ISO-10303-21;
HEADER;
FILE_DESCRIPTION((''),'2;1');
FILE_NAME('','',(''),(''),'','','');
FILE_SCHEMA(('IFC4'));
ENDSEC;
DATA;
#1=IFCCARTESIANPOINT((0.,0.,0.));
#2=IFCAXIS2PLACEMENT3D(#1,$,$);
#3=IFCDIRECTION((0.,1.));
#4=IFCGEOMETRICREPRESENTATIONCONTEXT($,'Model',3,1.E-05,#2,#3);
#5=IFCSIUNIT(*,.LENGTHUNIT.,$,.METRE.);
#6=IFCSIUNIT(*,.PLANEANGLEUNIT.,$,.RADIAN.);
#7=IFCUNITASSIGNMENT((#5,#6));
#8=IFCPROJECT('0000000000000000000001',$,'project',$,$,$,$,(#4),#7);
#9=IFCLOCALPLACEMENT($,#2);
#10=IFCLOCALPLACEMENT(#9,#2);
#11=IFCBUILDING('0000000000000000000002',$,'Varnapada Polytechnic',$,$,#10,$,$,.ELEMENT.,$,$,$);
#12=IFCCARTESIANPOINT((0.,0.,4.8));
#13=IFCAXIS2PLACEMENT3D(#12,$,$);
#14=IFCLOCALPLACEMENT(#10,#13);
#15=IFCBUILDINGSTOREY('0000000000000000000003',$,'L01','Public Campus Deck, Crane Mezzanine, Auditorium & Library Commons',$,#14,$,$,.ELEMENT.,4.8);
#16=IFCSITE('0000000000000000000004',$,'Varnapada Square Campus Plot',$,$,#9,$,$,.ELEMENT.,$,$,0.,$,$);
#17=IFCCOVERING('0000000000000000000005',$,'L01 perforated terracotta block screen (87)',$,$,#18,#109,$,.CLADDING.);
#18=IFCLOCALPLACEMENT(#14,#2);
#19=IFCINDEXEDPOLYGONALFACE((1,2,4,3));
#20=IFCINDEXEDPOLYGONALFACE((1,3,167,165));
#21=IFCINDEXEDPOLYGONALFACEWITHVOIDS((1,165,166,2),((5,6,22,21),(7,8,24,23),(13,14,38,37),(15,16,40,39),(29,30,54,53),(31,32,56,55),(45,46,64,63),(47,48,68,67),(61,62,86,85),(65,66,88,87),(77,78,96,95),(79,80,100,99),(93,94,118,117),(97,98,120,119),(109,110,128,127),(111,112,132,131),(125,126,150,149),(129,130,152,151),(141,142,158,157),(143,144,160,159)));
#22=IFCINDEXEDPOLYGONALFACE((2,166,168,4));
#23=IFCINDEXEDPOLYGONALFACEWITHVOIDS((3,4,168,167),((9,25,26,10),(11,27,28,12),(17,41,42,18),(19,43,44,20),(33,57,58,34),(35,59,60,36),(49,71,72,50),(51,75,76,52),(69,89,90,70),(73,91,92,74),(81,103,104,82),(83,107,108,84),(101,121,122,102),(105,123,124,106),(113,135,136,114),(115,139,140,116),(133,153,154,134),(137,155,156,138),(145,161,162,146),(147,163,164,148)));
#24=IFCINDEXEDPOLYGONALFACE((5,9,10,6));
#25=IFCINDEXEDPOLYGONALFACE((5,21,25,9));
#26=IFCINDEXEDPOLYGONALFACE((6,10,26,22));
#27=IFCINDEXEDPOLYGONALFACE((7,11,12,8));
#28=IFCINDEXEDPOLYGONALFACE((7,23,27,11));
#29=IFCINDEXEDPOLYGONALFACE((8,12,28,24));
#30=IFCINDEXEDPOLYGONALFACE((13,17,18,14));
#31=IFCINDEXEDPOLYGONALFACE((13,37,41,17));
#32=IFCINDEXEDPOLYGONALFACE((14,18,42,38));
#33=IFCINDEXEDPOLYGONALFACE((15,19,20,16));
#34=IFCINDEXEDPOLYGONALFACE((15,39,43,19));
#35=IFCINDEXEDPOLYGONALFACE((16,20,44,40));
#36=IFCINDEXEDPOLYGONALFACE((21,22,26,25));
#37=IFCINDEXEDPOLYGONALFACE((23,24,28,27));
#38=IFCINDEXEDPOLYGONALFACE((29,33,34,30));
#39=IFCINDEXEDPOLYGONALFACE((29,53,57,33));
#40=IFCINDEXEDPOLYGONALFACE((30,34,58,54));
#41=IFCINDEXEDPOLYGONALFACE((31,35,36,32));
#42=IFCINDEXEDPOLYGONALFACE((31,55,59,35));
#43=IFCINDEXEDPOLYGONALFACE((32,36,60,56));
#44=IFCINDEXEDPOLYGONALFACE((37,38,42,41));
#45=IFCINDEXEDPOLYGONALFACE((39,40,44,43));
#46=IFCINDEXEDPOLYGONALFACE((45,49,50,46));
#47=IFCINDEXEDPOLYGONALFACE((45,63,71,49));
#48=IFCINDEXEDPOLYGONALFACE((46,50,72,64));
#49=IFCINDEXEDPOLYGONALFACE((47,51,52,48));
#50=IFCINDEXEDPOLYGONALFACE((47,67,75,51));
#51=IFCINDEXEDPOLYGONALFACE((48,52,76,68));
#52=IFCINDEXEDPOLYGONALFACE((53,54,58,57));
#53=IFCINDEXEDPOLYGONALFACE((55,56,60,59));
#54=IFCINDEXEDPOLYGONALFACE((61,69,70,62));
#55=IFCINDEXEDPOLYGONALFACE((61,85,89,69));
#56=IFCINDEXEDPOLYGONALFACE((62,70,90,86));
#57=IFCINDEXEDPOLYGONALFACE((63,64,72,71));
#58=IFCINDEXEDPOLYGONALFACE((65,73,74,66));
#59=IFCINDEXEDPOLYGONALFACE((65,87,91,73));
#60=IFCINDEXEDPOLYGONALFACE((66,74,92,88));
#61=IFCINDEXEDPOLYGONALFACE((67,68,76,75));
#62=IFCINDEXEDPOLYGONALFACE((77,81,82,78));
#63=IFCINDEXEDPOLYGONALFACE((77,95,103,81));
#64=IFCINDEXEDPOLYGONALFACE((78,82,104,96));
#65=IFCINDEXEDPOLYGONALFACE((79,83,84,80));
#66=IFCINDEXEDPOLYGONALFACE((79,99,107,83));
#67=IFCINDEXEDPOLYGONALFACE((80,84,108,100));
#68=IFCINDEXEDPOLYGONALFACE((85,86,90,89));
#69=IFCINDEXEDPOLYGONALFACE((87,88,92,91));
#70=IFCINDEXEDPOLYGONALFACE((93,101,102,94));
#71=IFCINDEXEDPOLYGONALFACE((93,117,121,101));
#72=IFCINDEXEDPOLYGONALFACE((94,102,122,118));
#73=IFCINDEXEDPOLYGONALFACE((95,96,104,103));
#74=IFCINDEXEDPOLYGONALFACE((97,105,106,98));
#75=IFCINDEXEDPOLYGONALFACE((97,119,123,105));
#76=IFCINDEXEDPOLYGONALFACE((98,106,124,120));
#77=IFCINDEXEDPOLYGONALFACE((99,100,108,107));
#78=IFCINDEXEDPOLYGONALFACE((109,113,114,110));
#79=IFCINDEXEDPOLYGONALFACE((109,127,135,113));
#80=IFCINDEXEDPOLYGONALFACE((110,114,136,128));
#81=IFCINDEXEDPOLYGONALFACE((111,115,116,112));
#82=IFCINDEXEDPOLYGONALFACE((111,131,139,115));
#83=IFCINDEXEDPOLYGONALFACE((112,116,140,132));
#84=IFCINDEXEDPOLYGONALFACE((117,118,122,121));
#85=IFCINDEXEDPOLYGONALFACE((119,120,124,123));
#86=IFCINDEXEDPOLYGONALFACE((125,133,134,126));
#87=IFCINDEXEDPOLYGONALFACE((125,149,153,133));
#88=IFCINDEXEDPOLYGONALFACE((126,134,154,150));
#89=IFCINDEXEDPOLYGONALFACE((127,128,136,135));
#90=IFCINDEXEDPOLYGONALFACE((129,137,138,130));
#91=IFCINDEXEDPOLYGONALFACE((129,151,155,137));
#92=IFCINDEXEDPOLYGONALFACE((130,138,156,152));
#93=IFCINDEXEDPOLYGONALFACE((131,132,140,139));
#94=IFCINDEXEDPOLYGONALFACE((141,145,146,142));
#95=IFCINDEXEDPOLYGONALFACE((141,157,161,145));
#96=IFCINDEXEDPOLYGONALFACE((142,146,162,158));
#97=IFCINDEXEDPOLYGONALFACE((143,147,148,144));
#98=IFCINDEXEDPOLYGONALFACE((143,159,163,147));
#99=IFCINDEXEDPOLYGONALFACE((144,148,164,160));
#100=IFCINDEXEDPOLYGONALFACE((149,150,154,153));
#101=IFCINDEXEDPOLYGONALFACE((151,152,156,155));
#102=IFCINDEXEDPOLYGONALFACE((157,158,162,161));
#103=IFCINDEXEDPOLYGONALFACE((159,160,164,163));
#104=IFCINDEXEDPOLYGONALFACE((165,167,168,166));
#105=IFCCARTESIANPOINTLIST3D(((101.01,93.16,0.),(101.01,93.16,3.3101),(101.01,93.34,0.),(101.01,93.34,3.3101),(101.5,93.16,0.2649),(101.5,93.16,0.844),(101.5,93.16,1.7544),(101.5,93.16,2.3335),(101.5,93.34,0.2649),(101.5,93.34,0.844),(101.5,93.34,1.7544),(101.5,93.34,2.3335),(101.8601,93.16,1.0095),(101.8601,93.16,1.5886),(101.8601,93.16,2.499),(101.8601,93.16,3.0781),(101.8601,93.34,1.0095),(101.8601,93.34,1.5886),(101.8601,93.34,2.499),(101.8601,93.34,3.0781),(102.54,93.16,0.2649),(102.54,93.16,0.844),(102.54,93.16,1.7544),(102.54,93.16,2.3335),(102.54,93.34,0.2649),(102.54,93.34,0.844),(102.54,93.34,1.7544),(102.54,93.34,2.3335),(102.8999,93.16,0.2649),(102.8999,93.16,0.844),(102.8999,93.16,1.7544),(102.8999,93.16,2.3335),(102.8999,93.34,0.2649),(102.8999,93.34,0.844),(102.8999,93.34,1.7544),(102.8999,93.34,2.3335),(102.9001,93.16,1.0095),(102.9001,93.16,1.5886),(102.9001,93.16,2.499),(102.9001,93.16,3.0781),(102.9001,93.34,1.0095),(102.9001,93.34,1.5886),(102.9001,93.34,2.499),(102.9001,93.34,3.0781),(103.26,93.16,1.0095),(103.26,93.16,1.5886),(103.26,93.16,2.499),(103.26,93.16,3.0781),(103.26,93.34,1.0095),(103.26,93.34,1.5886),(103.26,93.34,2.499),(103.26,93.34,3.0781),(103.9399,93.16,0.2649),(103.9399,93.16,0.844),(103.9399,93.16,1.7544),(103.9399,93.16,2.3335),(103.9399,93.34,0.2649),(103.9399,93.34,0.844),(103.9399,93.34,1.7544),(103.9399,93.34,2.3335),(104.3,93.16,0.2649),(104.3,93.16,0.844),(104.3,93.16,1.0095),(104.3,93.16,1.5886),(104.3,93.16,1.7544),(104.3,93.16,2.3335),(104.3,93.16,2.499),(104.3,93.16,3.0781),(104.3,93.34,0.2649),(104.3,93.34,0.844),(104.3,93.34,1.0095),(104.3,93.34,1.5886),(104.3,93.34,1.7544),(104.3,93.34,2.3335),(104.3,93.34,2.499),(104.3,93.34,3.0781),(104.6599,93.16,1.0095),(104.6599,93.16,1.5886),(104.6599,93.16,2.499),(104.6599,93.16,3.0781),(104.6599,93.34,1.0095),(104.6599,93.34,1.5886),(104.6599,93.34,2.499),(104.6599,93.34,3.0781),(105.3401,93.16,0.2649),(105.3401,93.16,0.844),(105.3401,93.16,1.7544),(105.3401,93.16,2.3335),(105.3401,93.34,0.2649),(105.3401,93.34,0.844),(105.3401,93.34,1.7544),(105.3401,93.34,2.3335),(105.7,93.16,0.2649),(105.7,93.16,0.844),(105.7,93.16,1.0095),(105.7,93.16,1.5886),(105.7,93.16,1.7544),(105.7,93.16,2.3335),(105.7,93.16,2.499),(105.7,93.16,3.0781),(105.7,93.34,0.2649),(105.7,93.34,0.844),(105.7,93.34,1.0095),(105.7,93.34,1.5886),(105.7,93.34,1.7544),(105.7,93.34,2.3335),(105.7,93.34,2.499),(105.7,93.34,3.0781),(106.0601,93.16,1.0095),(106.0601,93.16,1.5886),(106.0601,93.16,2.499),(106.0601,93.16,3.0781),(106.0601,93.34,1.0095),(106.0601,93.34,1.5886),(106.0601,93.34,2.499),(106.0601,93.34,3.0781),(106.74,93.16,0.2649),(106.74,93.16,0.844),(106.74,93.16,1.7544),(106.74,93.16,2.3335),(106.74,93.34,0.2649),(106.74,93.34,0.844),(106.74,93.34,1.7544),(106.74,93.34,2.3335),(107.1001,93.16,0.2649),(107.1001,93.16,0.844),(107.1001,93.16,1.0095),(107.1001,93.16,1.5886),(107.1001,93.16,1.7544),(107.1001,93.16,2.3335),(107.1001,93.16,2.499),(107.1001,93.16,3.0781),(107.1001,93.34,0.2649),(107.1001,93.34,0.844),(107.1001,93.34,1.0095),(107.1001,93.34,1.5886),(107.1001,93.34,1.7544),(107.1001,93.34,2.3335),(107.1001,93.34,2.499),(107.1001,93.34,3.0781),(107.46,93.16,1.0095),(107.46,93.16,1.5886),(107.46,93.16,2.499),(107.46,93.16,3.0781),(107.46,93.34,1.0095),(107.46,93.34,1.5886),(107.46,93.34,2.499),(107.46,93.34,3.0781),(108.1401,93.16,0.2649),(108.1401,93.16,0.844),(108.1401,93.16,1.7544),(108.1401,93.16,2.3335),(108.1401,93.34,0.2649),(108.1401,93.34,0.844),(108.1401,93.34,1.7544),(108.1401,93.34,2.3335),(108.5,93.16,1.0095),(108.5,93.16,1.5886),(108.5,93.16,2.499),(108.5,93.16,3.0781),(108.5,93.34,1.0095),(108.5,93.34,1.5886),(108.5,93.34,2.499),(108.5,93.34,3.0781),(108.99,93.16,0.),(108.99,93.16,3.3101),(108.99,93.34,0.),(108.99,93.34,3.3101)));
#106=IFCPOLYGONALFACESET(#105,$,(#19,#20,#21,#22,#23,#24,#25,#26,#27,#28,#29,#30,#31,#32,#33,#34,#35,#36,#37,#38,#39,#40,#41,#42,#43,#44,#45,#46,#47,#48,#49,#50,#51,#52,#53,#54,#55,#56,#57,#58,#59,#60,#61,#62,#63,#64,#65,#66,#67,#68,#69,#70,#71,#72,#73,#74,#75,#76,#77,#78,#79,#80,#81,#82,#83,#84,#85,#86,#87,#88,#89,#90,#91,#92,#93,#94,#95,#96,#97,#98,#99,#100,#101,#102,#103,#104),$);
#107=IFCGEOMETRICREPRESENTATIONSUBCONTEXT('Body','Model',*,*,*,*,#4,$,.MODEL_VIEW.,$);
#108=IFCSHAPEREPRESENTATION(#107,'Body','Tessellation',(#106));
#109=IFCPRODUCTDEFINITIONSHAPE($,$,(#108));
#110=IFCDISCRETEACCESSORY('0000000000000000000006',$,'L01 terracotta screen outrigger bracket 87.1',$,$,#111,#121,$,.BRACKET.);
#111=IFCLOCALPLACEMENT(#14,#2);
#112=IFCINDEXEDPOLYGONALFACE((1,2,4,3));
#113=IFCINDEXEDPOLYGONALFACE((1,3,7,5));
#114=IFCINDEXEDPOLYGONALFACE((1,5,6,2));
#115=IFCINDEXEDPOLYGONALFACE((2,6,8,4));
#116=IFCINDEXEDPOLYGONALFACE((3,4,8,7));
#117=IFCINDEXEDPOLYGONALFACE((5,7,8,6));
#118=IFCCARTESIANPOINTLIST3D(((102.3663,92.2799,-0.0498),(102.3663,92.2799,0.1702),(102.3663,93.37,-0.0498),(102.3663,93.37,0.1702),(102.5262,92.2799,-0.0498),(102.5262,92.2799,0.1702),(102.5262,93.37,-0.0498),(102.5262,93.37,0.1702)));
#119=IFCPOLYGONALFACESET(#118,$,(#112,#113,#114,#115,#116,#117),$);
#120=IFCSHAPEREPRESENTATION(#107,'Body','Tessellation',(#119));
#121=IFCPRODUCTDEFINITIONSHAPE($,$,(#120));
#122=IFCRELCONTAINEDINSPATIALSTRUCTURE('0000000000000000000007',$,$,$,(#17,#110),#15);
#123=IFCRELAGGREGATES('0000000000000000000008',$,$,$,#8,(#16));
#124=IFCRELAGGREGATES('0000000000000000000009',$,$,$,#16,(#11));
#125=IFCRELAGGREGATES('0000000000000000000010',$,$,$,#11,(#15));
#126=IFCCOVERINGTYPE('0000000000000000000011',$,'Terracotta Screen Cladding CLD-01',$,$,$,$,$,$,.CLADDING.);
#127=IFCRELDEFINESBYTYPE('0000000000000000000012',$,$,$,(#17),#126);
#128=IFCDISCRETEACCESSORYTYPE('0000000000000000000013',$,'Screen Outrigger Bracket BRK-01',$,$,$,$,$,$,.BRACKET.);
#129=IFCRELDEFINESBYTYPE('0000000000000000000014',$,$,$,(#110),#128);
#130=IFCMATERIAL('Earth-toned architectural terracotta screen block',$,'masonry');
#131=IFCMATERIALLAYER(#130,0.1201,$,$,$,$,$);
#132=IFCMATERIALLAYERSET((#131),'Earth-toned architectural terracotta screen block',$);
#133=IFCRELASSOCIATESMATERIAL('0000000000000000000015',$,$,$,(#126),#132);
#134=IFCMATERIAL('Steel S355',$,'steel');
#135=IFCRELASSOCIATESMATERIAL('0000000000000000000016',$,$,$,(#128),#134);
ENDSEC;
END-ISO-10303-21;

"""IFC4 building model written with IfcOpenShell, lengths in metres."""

from ifc_helpers import new_model, si_unit, direction, frame, frame_2d, origin, origin_2d, place, context, subcontext, project, spatial, rectangle, extrude, material, layer, layer_set, type_object, element, save


model = new_model("IFC4")

# Units and contexts
model_context = context("Model", 3, precision=1e-05, world=origin(), true_north=direction((0.0, 1.0)))
body_context = subcontext(model_context, "Body", "Model", "MODEL_VIEW")
ifc_project = project(units=[si_unit("LENGTHUNIT", "METRE"), si_unit("PLANEANGLEUNIT", "RADIAN")], contexts=[model_context])

# Site, building, storey
site_placement = place(None, origin())
site = spatial("IfcSite", under=ifc_project, at=site_placement, Name="Varnapada Square Campus Plot", CompositionType="ELEMENT", RefElevation=0.0)
building_placement = place(site_placement, origin())
building = spatial("IfcBuilding", under=site, at=building_placement, Name="Varnapada Polytechnic", CompositionType="ELEMENT")
storey_placement = place(building_placement, frame((0.0, 0.0, 4.8)))
storey = spatial("IfcBuildingStorey", under=building, at=storey_placement, Name="L01", Description="Public Campus Deck, Crane Mezzanine, Auditorium & Library Commons", CompositionType="ELEMENT", Elevation=4.8)

# Covering, openings
ifc_material_1 = material(Name="Earth-toned architectural terracotta screen block", Category="masonry")
ifc_layer = layer(ifc_material_1, 0.1201)
ifc_layer_set = layer_set([ifc_layer], Name="Earth-toned architectural terracotta screen block")
covering_type = type_object("IfcCoveringType", Name="Terracotta Screen Cladding CLD-01", PredefinedType="CLADDING", material=ifc_layer_set)
covering_placement = place(storey_placement, frame((101.01, 93.25, 0.0), z_axis=(0.0, 0.0, 1.0), x_axis=(1.0, 0.0, 0.0)))
covering = element("IfcCovering", 1, at=covering_placement, inside=storey, type_object=covering_type, Name="L01 perforated terracotta block screen (87)", PredefinedType="CLADDING", context=body_context, shape_type="SweptSolid", body=[
    extrude(rectangle(XDim=7.98, YDim=0.1799, at=frame_2d((3.99, 0.0))), origin(), (0.0, 0.0, 1.0), 3.3101),
])
opening_1_placement = place(covering_placement, frame((0.49, 0.0, 0.2649)))
element("IfcOpeningElement", 2, at=opening_1_placement, cuts=covering, PredefinedType="OPENING", context=body_context, shape_type="SweptSolid", body=[
    extrude(rectangle(XDim=1.04, YDim=0.5791, at=frame_2d((0.52, 0.2896))), frame((0.0, 0.0999, 0.0), z_axis=(0.0, -1.0, 0.0), x_axis=(1.0, 0.0, 0.0)), (0.0, 0.0, 1.0), 0.2),
])
opening_2_placement = place(covering_placement, frame((1.8899, 0.0, 0.2649)))
element("IfcOpeningElement", 3, at=opening_2_placement, cuts=covering, PredefinedType="OPENING", context=body_context, shape_type="SweptSolid", body=[
    extrude(rectangle(XDim=1.04, YDim=0.5791, at=frame_2d((0.52, 0.2896))), frame((0.0, 0.0999, 0.0), z_axis=(0.0, -1.0, 0.0), x_axis=(1.0, 0.0, 0.0)), (0.0, 0.0, 1.0), 0.2),
])
opening_3_placement = place(covering_placement, frame((3.29, 0.0, 0.2649)))
element("IfcOpeningElement", 4, at=opening_3_placement, cuts=covering, PredefinedType="OPENING", context=body_context, shape_type="SweptSolid", body=[
    extrude(rectangle(XDim=1.04, YDim=0.5791, at=frame_2d((0.52, 0.2896))), frame((0.0, 0.0999, 0.0), z_axis=(0.0, -1.0, 0.0), x_axis=(1.0, 0.0, 0.0)), (0.0, 0.0, 1.0), 0.2),
])
opening_4_placement = place(covering_placement, frame((4.6899, 0.0, 0.2649)))
element("IfcOpeningElement", 5, at=opening_4_placement, cuts=covering, PredefinedType="OPENING", context=body_context, shape_type="SweptSolid", body=[
    extrude(rectangle(XDim=1.04, YDim=0.5791, at=frame_2d((0.52, 0.2896))), frame((0.0, 0.0999, 0.0), z_axis=(0.0, -1.0, 0.0), x_axis=(1.0, 0.0, 0.0)), (0.0, 0.0, 1.0), 0.2),
])
opening_5_placement = place(covering_placement, frame((6.0901, 0.0, 0.2649)))
element("IfcOpeningElement", 6, at=opening_5_placement, cuts=covering, PredefinedType="OPENING", context=body_context, shape_type="SweptSolid", body=[
    extrude(rectangle(XDim=1.04, YDim=0.5791, at=frame_2d((0.52, 0.2896))), frame((0.0, 0.0999, 0.0), z_axis=(0.0, -1.0, 0.0), x_axis=(1.0, 0.0, 0.0)), (0.0, 0.0, 1.0), 0.2),
])
opening_6_placement = place(covering_placement, frame((0.8501, 0.0, 1.0095)))
element("IfcOpeningElement", 7, at=opening_6_placement, cuts=covering, PredefinedType="OPENING", context=body_context, shape_type="SweptSolid", body=[
    extrude(rectangle(XDim=1.04, YDim=0.5791, at=frame_2d((0.52, 0.2896))), frame((0.0, 0.0999, 0.0), z_axis=(0.0, -1.0, 0.0), x_axis=(1.0, 0.0, 0.0)), (0.0, 0.0, 1.0), 0.2),
])
opening_7_placement = place(covering_placement, frame((2.25, 0.0, 1.0095)))
element("IfcOpeningElement", 8, at=opening_7_placement, cuts=covering, PredefinedType="OPENING", context=body_context, shape_type="SweptSolid", body=[
    extrude(rectangle(XDim=1.04, YDim=0.5791, at=frame_2d((0.52, 0.2896))), frame((0.0, 0.0999, 0.0), z_axis=(0.0, -1.0, 0.0), x_axis=(1.0, 0.0, 0.0)), (0.0, 0.0, 1.0), 0.2),
])
opening_8_placement = place(covering_placement, frame((3.6499, 0.0, 1.0095)))
element("IfcOpeningElement", 9, at=opening_8_placement, cuts=covering, PredefinedType="OPENING", context=body_context, shape_type="SweptSolid", body=[
    extrude(rectangle(XDim=1.04, YDim=0.5791, at=frame_2d((0.52, 0.2896))), frame((0.0, 0.0999, 0.0), z_axis=(0.0, -1.0, 0.0), x_axis=(1.0, 0.0, 0.0)), (0.0, 0.0, 1.0), 0.2),
])
opening_9_placement = place(covering_placement, frame((5.05, 0.0, 1.0095)))
element("IfcOpeningElement", 10, at=opening_9_placement, cuts=covering, PredefinedType="OPENING", context=body_context, shape_type="SweptSolid", body=[
    extrude(rectangle(XDim=1.04, YDim=0.5791, at=frame_2d((0.52, 0.2896))), frame((0.0, 0.0999, 0.0), z_axis=(0.0, -1.0, 0.0), x_axis=(1.0, 0.0, 0.0)), (0.0, 0.0, 1.0), 0.2),
])
opening_10_placement = place(covering_placement, frame((6.45, 0.0, 1.0095)))
element("IfcOpeningElement", 11, at=opening_10_placement, cuts=covering, PredefinedType="OPENING", context=body_context, shape_type="SweptSolid", body=[
    extrude(rectangle(XDim=1.04, YDim=0.5791, at=frame_2d((0.52, 0.2896))), frame((0.0, 0.0999, 0.0), z_axis=(0.0, -1.0, 0.0), x_axis=(1.0, 0.0, 0.0)), (0.0, 0.0, 1.0), 0.2),
])
opening_11_placement = place(covering_placement, frame((0.49, 0.0, 1.7544)))
element("IfcOpeningElement", 12, at=opening_11_placement, cuts=covering, PredefinedType="OPENING", context=body_context, shape_type="SweptSolid", body=[
    extrude(rectangle(XDim=1.04, YDim=0.5791, at=frame_2d((0.52, 0.2896))), frame((0.0, 0.0999, 0.0), z_axis=(0.0, -1.0, 0.0), x_axis=(1.0, 0.0, 0.0)), (0.0, 0.0, 1.0), 0.2),
])
opening_12_placement = place(covering_placement, frame((1.8899, 0.0, 1.7544)))
element("IfcOpeningElement", 13, at=opening_12_placement, cuts=covering, PredefinedType="OPENING", context=body_context, shape_type="SweptSolid", body=[
    extrude(rectangle(XDim=1.04, YDim=0.5791, at=frame_2d((0.52, 0.2896))), frame((0.0, 0.0999, 0.0), z_axis=(0.0, -1.0, 0.0), x_axis=(1.0, 0.0, 0.0)), (0.0, 0.0, 1.0), 0.2),
])
opening_13_placement = place(covering_placement, frame((3.29, 0.0, 1.7544)))
element("IfcOpeningElement", 14, at=opening_13_placement, cuts=covering, PredefinedType="OPENING", context=body_context, shape_type="SweptSolid", body=[
    extrude(rectangle(XDim=1.04, YDim=0.5791, at=frame_2d((0.52, 0.2896))), frame((0.0, 0.0999, 0.0), z_axis=(0.0, -1.0, 0.0), x_axis=(1.0, 0.0, 0.0)), (0.0, 0.0, 1.0), 0.2),
])
opening_14_placement = place(covering_placement, frame((4.6899, 0.0, 1.7544)))
element("IfcOpeningElement", 15, at=opening_14_placement, cuts=covering, PredefinedType="OPENING", context=body_context, shape_type="SweptSolid", body=[
    extrude(rectangle(XDim=1.04, YDim=0.5791, at=frame_2d((0.52, 0.2896))), frame((0.0, 0.0999, 0.0), z_axis=(0.0, -1.0, 0.0), x_axis=(1.0, 0.0, 0.0)), (0.0, 0.0, 1.0), 0.2),
])
opening_15_placement = place(covering_placement, frame((6.0901, 0.0, 1.7544)))
element("IfcOpeningElement", 16, at=opening_15_placement, cuts=covering, PredefinedType="OPENING", context=body_context, shape_type="SweptSolid", body=[
    extrude(rectangle(XDim=1.04, YDim=0.5791, at=frame_2d((0.52, 0.2896))), frame((0.0, 0.0999, 0.0), z_axis=(0.0, -1.0, 0.0), x_axis=(1.0, 0.0, 0.0)), (0.0, 0.0, 1.0), 0.2),
])
opening_16_placement = place(covering_placement, frame((0.8501, 0.0, 2.499)))
element("IfcOpeningElement", 17, at=opening_16_placement, cuts=covering, PredefinedType="OPENING", context=body_context, shape_type="SweptSolid", body=[
    extrude(rectangle(XDim=1.04, YDim=0.5791, at=frame_2d((0.52, 0.2896))), frame((0.0, 0.0999, 0.0), z_axis=(0.0, -1.0, 0.0), x_axis=(1.0, 0.0, 0.0)), (0.0, 0.0, 1.0), 0.2),
])
opening_17_placement = place(covering_placement, frame((2.25, 0.0, 2.499)))
element("IfcOpeningElement", 18, at=opening_17_placement, cuts=covering, PredefinedType="OPENING", context=body_context, shape_type="SweptSolid", body=[
    extrude(rectangle(XDim=1.04, YDim=0.5791, at=frame_2d((0.52, 0.2896))), frame((0.0, 0.0999, 0.0), z_axis=(0.0, -1.0, 0.0), x_axis=(1.0, 0.0, 0.0)), (0.0, 0.0, 1.0), 0.2),
])
opening_18_placement = place(covering_placement, frame((3.6499, 0.0, 2.499)))
element("IfcOpeningElement", 19, at=opening_18_placement, cuts=covering, PredefinedType="OPENING", context=body_context, shape_type="SweptSolid", body=[
    extrude(rectangle(XDim=1.04, YDim=0.5791, at=frame_2d((0.52, 0.2896))), frame((0.0, 0.0999, 0.0), z_axis=(0.0, -1.0, 0.0), x_axis=(1.0, 0.0, 0.0)), (0.0, 0.0, 1.0), 0.2),
])
opening_19_placement = place(covering_placement, frame((5.05, 0.0, 2.499)))
element("IfcOpeningElement", 20, at=opening_19_placement, cuts=covering, PredefinedType="OPENING", context=body_context, shape_type="SweptSolid", body=[
    extrude(rectangle(XDim=1.04, YDim=0.5791, at=frame_2d((0.52, 0.2896))), frame((0.0, 0.0999, 0.0), z_axis=(0.0, -1.0, 0.0), x_axis=(1.0, 0.0, 0.0)), (0.0, 0.0, 1.0), 0.2),
])
opening_20_placement = place(covering_placement, frame((6.45, 0.0, 2.499)))
element("IfcOpeningElement", 21, at=opening_20_placement, cuts=covering, PredefinedType="OPENING", context=body_context, shape_type="SweptSolid", body=[
    extrude(rectangle(XDim=1.04, YDim=0.5791, at=frame_2d((0.52, 0.2896))), frame((0.0, 0.0999, 0.0), z_axis=(0.0, -1.0, 0.0), x_axis=(1.0, 0.0, 0.0)), (0.0, 0.0, 1.0), 0.2),
])

# Discrete accessory
ifc_material_2 = material(Name="Steel S355", Category="steel")
discrete_accessory_type = type_object("IfcDiscreteAccessoryType", Name="Screen Outrigger Bracket BRK-01", PredefinedType="BRACKET", material=ifc_material_2)
for number, where, z_axis, x_axis, name in (
    (22, (102.4463, 92.825, -0.0498), (0.0, 0.0, 1.0), (1.0, 0.0, 0.0), "L01 terracotta screen outrigger bracket 87.1"),
):
    element("IfcDiscreteAccessory", number, at=place(storey_placement, frame(where, z_axis=z_axis, x_axis=x_axis)), inside=storey, type_object=discrete_accessory_type, Name=name, PredefinedType="BRACKET", context=body_context, shape_type="SweptSolid", body=[
        extrude(rectangle(XDim=0.1599, YDim=1.0901, at=origin_2d()), origin(), (0.0, 0.0, 1.0), 0.22),
    ])

save(model, "model.ifc")
